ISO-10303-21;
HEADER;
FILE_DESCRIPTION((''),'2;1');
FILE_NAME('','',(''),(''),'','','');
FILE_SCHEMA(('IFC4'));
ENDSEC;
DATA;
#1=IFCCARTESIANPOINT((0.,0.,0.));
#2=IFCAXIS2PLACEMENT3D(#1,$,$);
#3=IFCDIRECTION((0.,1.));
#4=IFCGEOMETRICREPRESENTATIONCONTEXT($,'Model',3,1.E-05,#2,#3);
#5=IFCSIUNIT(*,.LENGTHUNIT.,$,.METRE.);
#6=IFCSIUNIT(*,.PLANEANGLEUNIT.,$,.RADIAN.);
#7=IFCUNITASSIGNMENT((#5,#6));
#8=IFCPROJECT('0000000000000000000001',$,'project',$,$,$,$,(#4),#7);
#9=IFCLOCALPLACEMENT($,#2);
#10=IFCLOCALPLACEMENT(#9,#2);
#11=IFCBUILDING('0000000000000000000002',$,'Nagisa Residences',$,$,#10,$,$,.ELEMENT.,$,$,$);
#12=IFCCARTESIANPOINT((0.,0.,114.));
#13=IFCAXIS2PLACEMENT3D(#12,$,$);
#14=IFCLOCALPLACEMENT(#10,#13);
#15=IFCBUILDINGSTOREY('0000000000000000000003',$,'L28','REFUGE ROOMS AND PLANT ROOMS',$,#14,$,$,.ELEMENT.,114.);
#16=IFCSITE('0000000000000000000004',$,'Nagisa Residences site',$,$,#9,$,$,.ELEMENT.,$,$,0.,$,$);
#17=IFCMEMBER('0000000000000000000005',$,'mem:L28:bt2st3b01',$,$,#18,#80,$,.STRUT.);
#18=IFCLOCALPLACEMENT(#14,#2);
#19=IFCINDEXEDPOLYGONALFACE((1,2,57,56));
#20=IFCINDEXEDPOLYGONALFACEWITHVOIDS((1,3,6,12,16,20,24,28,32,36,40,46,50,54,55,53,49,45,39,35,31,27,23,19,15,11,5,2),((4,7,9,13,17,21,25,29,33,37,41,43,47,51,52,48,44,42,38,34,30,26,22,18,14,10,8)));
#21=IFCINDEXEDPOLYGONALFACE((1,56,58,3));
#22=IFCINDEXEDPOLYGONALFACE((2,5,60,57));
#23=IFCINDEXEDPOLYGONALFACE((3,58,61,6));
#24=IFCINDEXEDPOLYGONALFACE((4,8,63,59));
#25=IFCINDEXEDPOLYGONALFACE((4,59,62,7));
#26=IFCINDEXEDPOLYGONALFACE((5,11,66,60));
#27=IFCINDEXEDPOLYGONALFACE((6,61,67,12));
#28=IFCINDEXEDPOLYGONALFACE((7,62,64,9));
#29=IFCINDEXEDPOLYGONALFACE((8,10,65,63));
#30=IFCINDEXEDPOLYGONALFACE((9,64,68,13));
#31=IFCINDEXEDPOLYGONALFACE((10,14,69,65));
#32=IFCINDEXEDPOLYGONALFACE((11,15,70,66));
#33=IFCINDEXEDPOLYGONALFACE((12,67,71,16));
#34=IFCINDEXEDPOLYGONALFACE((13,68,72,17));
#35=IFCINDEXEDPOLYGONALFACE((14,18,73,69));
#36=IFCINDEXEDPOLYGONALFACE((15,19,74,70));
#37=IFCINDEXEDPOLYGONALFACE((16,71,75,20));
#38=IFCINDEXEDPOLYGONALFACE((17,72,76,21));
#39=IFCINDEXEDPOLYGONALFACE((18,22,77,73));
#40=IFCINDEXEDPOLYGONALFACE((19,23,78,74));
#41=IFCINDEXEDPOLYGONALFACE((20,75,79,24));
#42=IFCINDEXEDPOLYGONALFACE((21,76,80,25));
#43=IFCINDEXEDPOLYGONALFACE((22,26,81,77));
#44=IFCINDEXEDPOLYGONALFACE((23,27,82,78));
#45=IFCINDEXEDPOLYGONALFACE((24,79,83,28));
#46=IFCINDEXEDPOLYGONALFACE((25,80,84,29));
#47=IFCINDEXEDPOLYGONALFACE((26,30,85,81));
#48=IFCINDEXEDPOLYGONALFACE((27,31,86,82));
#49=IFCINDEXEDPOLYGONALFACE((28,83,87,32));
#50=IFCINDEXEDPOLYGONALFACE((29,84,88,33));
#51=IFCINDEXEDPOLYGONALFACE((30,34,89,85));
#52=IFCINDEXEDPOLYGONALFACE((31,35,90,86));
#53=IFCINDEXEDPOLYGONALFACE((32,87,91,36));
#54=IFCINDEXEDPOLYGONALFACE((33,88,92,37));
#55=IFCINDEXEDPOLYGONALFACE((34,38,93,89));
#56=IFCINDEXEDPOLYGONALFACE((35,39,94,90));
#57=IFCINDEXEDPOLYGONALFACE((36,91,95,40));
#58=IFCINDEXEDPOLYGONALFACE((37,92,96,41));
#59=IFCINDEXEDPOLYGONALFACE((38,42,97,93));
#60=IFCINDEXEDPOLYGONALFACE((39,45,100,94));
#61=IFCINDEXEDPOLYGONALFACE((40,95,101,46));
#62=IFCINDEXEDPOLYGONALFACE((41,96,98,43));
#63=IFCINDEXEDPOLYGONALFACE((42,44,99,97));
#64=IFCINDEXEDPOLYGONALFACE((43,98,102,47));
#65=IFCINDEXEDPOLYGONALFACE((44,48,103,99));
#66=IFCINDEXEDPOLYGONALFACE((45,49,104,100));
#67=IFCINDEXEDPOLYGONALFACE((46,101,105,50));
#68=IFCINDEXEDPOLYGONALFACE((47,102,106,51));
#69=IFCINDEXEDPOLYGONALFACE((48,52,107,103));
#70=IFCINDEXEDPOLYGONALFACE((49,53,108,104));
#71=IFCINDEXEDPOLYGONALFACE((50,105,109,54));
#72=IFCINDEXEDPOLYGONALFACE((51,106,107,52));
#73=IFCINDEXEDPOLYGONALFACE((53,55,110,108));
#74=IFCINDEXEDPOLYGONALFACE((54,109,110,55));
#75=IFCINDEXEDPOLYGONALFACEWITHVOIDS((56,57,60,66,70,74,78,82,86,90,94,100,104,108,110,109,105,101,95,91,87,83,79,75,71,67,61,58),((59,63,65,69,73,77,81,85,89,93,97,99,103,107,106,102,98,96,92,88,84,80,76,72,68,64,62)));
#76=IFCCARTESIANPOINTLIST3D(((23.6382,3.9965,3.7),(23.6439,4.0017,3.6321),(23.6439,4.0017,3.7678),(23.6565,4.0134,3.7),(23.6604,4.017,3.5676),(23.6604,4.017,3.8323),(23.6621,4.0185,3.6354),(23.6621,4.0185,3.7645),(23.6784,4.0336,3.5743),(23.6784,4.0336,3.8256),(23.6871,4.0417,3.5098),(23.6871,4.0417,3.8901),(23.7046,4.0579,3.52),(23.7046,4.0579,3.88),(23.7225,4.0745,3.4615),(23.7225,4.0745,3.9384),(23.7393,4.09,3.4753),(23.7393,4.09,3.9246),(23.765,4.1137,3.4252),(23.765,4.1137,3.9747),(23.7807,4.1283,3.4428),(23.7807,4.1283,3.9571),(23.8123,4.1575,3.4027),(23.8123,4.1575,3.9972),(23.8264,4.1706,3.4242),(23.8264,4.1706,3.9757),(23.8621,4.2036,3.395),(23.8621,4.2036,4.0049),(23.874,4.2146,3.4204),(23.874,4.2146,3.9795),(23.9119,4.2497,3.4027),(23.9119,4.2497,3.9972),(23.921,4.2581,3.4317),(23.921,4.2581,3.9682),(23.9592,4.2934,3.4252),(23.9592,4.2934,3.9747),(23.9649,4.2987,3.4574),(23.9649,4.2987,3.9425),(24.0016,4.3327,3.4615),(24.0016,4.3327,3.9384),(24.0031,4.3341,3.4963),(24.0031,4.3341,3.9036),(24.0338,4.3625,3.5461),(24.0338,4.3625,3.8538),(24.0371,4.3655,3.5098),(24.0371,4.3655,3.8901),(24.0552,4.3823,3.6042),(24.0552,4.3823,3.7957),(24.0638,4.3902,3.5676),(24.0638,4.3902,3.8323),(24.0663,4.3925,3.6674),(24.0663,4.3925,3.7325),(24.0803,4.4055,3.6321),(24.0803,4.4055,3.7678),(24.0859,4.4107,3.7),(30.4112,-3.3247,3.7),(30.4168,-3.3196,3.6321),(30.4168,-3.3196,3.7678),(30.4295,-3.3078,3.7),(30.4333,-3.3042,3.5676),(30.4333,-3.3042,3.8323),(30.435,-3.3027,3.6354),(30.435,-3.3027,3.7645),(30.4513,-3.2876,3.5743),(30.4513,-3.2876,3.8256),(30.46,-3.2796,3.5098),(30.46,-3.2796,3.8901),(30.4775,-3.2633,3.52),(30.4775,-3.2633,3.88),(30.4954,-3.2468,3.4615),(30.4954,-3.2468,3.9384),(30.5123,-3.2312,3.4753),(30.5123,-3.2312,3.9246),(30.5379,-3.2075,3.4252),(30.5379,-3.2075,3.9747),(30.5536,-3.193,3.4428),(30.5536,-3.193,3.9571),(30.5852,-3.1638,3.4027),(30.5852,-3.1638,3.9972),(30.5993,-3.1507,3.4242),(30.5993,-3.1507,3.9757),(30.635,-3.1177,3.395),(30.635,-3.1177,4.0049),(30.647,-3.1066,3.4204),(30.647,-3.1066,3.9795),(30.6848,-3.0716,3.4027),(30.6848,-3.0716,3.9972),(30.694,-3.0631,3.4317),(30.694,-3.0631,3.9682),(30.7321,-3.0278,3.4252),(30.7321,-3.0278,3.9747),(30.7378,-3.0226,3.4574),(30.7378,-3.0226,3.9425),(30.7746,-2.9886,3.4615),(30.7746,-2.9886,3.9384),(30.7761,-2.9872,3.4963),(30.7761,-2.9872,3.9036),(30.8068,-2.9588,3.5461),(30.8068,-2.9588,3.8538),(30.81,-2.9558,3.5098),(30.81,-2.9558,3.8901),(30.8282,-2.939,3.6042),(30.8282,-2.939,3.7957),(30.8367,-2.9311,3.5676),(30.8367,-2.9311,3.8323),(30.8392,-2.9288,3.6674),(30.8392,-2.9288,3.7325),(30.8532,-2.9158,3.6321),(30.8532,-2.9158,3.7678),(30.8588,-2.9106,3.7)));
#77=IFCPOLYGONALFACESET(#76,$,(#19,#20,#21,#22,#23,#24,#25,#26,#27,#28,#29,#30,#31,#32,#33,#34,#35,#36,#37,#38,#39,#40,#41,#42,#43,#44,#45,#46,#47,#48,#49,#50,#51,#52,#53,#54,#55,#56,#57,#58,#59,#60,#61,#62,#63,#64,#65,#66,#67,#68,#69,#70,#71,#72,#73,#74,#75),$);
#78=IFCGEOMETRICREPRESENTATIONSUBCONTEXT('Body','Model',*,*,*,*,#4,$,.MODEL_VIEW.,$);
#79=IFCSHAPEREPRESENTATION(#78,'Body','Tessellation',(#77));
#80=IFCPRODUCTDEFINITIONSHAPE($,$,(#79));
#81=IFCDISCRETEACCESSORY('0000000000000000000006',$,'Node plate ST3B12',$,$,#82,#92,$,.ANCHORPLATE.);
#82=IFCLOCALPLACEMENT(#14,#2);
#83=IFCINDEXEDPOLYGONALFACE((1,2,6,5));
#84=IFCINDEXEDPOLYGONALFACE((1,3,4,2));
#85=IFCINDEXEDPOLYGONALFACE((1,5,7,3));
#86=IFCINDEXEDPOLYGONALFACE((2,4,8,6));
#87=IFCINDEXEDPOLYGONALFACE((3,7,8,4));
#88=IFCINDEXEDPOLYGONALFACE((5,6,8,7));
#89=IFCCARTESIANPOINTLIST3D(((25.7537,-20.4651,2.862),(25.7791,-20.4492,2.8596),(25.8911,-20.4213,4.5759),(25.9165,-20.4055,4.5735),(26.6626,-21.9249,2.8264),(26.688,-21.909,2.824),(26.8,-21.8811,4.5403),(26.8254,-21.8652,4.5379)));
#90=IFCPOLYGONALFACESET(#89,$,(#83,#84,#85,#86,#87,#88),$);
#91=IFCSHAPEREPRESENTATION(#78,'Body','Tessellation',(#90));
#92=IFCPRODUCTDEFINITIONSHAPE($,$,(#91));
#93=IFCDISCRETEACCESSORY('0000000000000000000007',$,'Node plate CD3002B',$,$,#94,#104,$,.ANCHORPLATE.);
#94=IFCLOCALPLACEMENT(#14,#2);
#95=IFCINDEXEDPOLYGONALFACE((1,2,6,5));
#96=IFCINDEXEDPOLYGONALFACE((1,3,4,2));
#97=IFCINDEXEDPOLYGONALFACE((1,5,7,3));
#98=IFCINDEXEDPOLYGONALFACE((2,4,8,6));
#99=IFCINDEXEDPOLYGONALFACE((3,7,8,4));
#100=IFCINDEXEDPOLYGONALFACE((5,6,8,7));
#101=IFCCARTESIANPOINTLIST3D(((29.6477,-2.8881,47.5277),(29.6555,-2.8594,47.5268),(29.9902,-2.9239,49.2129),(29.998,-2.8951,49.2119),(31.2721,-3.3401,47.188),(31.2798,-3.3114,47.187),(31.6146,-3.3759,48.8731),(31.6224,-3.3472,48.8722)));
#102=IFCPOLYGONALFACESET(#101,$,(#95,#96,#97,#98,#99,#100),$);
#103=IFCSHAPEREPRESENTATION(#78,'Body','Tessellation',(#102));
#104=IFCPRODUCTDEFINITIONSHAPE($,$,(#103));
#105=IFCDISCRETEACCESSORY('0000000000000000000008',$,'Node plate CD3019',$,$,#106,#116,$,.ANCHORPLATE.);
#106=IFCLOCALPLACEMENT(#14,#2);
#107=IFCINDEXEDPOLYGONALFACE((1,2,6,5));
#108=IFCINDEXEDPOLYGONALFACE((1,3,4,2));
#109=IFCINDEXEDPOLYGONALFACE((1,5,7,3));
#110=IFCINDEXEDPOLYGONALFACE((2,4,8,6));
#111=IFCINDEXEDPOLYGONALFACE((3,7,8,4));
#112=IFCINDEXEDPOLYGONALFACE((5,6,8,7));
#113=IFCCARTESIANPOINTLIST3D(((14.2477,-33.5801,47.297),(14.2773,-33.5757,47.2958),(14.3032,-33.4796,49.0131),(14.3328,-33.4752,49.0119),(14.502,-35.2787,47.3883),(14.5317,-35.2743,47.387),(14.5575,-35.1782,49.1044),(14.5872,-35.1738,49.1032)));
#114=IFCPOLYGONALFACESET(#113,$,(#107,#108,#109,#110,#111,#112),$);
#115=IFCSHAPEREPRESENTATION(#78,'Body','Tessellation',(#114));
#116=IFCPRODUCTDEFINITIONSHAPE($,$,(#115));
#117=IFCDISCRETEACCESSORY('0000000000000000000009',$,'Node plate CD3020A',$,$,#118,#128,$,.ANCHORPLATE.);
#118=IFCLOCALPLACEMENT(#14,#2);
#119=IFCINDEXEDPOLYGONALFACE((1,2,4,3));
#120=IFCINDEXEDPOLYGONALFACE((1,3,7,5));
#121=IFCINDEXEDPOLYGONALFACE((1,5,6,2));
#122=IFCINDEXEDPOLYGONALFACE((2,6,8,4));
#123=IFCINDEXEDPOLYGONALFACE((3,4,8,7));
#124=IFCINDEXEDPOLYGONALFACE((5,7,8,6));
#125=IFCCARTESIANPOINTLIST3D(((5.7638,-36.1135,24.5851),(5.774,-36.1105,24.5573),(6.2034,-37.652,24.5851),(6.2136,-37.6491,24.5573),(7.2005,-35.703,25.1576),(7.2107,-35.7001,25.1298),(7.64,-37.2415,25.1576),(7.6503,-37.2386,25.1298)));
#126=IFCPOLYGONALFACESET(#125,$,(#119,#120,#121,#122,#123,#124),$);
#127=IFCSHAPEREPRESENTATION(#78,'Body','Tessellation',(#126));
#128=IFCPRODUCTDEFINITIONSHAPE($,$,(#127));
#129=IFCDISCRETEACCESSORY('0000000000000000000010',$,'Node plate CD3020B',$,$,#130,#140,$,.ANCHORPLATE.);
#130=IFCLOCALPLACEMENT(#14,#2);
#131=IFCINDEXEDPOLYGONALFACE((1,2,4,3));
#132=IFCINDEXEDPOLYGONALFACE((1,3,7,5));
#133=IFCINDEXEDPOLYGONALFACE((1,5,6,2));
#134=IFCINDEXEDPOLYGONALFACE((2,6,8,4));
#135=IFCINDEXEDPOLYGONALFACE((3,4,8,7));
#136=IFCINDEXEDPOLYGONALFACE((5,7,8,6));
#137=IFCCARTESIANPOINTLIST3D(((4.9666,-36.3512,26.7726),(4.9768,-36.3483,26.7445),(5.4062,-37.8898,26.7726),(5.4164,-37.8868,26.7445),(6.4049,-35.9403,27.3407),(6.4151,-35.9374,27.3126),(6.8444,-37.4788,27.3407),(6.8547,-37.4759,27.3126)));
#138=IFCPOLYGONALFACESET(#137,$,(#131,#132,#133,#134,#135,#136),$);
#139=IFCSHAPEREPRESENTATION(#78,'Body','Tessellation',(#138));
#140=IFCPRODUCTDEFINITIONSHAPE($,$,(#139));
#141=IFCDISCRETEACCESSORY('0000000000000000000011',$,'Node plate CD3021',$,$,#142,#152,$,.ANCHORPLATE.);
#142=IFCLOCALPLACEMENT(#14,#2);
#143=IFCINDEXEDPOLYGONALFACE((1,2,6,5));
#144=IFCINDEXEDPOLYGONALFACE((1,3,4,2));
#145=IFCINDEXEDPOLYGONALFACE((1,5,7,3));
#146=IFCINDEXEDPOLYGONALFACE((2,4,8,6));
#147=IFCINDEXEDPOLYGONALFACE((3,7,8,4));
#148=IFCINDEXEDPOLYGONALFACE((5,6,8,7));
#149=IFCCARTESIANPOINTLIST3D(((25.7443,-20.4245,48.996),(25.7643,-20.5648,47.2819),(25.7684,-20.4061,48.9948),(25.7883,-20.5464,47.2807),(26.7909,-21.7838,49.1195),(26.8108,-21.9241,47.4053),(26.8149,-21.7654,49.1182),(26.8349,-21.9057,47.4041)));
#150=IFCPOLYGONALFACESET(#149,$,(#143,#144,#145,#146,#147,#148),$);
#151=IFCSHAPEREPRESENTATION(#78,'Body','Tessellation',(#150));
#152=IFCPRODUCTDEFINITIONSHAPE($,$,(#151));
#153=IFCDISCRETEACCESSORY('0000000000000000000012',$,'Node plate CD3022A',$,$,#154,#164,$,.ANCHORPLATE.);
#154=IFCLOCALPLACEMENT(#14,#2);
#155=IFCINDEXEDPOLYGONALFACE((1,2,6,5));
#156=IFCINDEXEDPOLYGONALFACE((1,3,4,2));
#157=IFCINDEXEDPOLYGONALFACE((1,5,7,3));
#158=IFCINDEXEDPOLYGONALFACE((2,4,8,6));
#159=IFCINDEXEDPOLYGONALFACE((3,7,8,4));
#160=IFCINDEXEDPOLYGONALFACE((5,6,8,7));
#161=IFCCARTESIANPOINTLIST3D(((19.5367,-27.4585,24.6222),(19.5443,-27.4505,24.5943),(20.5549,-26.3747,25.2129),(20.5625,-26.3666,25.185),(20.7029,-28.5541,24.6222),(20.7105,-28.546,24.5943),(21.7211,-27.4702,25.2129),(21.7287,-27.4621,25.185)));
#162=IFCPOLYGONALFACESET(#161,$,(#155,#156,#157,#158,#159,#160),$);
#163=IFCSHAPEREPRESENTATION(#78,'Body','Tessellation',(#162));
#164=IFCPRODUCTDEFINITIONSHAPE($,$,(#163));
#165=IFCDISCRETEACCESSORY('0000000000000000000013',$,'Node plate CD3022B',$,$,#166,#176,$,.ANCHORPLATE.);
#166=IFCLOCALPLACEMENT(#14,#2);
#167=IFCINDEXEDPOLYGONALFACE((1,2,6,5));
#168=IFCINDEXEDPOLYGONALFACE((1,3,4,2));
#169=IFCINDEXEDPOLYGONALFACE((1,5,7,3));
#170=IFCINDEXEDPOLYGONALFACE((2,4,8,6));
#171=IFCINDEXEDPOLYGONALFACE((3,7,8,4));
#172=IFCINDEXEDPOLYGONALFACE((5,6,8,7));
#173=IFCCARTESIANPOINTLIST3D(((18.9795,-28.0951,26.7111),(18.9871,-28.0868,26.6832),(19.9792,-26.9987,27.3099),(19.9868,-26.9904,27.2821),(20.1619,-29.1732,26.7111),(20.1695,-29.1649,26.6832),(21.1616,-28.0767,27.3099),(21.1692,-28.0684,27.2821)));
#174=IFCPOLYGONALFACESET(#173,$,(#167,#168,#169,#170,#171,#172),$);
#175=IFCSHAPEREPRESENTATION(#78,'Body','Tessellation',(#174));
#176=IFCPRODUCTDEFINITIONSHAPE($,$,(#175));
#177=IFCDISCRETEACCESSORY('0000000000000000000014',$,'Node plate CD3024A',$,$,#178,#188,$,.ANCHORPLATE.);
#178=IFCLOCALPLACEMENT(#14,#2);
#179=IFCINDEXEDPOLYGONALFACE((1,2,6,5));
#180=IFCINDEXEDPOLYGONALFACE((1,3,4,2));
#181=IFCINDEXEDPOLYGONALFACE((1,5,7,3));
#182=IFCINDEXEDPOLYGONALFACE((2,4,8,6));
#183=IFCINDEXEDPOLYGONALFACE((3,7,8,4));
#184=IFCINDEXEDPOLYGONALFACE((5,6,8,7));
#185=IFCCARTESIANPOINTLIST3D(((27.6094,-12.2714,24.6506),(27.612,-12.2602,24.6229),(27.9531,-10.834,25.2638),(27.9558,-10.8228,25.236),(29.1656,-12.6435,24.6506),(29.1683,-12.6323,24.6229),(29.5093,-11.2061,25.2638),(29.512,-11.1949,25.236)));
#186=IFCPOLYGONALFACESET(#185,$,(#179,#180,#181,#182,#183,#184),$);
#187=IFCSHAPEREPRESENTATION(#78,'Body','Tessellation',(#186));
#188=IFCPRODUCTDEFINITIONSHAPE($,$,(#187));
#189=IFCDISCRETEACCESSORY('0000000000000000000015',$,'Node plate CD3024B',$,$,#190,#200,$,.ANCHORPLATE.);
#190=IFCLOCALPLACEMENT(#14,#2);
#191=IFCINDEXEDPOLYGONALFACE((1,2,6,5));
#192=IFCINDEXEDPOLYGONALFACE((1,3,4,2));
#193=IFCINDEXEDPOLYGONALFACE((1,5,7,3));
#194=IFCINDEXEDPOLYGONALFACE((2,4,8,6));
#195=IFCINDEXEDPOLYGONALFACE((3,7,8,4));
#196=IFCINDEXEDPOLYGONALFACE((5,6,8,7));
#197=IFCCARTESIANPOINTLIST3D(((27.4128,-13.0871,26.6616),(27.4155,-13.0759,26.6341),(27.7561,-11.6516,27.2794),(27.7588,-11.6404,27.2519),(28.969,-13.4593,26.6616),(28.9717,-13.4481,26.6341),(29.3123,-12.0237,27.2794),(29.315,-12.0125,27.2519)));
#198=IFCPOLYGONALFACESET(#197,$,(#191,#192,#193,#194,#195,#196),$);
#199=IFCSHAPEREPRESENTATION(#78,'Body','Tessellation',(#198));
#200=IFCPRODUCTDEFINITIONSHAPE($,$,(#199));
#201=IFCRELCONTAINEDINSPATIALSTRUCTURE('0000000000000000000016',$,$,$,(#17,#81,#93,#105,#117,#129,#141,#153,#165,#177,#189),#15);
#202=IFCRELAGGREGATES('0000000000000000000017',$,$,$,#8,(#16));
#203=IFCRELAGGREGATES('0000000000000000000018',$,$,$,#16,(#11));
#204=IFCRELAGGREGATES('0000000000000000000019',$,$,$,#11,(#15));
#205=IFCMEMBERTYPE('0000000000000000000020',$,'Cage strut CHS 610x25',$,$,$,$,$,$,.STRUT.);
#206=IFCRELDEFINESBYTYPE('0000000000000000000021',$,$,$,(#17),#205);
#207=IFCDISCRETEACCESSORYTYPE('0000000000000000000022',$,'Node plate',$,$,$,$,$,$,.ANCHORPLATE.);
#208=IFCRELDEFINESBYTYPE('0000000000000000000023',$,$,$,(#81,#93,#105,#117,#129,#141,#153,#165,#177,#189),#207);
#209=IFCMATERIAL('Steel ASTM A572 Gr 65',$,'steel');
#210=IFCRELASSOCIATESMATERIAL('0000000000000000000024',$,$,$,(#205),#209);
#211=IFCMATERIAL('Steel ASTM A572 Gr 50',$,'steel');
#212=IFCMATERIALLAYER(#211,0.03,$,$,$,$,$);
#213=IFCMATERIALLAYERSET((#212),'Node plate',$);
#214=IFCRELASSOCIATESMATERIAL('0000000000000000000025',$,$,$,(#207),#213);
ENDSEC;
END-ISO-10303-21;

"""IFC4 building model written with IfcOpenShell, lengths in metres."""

from ifc_helpers import new_model, si_unit, direction, frame, origin, origin_2d, place, context, subcontext, project, spatial, rectangle, hollow_circle, extrude, material, layer, layer_set, material_profile, profile_set, type_object, element, save


model = new_model("IFC4")

# Units and contexts
model_context = context("Model", 3, precision=1e-05, world=origin(), true_north=direction((0.0, 1.0)))
body_context = subcontext(model_context, "Body", "Model", "MODEL_VIEW")
ifc_project = project(units=[si_unit("LENGTHUNIT", "METRE"), si_unit("PLANEANGLEUNIT", "RADIAN")], contexts=[model_context])

# Site, building, storey
site_placement = place(None, origin())
site = spatial("IfcSite", under=ifc_project, at=site_placement, Name="Nagisa Residences site", CompositionType="ELEMENT", RefElevation=0.0)
building_placement = place(site_placement, origin())
building = spatial("IfcBuilding", under=site, at=building_placement, Name="Nagisa Residences", CompositionType="ELEMENT")
storey_placement = place(building_placement, frame((0.0, 0.0, 114.0)))
storey = spatial("IfcBuildingStorey", under=building, at=storey_placement, Name="L28", Description="REFUGE ROOMS AND PLANT ROOMS", CompositionType="ELEMENT", Elevation=114.0)

# Member
ifc_material_1 = material(Name="Steel ASTM A572 Gr 65", Category="steel")
ifc_material_profile_1 = material_profile(ifc_material_1, hollow_circle(Radius=0.3049, WallThickness=0.0249, at=origin_2d()), Name="CHS 610x25")
ifc_profile_set_1 = profile_set([ifc_material_profile_1], Name="Steel ASTM A572 Gr 65")
member_type_1 = type_object("IfcMemberType", Name="Cage strut CHS 610x25", PredefinedType="STRUT", material=ifc_profile_set_1)
member_1_placement = place(storey_placement, frame((30.635, -3.1177, 3.7), z_axis=(-0.679083, 0.734062, 0.0), x_axis=(-0.734062, -0.679083, 0.0)))
element("IfcMember", 1, at=member_1_placement, inside=storey, type_object=member_type_1, Name="mem:L28:bt2st3b01", PredefinedType="STRUT", context=body_context, shape_type="SweptSolid", body=[
    extrude(hollow_circle(Radius=0.3049, WallThickness=0.0249, at=origin_2d()), origin(), (0.0, 0.0, 1.0), 9.9736),
])

# Discrete accessories
ifc_material_2 = material(Name="Steel ASTM A572 Gr 50", Category="steel")
ifc_layer = layer(ifc_material_2, 0.03)
ifc_layer_set = layer_set([ifc_layer], Name="Node plate")
discrete_accessory_type = type_object("IfcDiscreteAccessoryType", Name="Node plate", PredefinedType="ANCHORPLATE", material=ifc_layer_set)
discrete_accessory_1_placement = place(storey_placement, frame((26.2769, -21.1731, 3.7012), z_axis=(0.845193, 0.528246, -0.081269), x_axis=(-0.528454, 0.84871, 0.020691)))
element("IfcDiscreteAccessory", 2, at=discrete_accessory_1_placement, inside=storey, type_object=discrete_accessory_type, Name="Node plate ST3B12", PredefinedType="ANCHORPLATE", context=body_context, shape_type="SweptSolid", body=[
    extrude(rectangle(XDim=1.72, YDim=1.72, at=origin_2d()), origin(), (0.0, 0.0, 1.0), 0.03),
])
discrete_accessory_2_placement = place(storey_placement, frame((30.6389, -3.1033, 48.1995), z_axis=(-0.261593, -0.964624, 0.032699), x_axis=(-0.199136, 0.020791, -0.979751)))
element("IfcDiscreteAccessory", 3, at=discrete_accessory_2_placement, inside=storey, type_object=discrete_accessory_type, Name="Node plate CD3002B", PredefinedType="ANCHORPLATE", context=body_context, shape_type="SweptSolid", body=[
    extrude(rectangle(XDim=1.72, YDim=1.72, at=origin_2d()), origin(), (0.0, 0.0, 1.0), 0.0298),
])
discrete_accessory_3_placement = place(storey_placement, frame((14.4026, -34.3792, 48.2007), z_axis=(0.988478, 0.145841, -0.040511), x_axis=(-0.032269, -0.058444, -0.997769)))
element("IfcDiscreteAccessory", 4, at=discrete_accessory_3_placement, inside=storey, type_object=discrete_accessory_type, Name="Node plate CD3019", PredefinedType="ANCHORPLATE", context=body_context, shape_type="SweptSolid", body=[
    extrude(rectangle(XDim=1.72, YDim=1.72, at=origin_2d()), origin(), (0.0, 0.0, 1.0), 0.03),
])
discrete_accessory_4_placement = place(storey_placement, frame((6.7122, -36.6746, 24.8435), z_axis=(-0.344031, -0.098295, 0.933799), x_axis=(0.274721, -0.961524, 0.0)))
element("IfcDiscreteAccessory", 5, at=discrete_accessory_4_placement, inside=storey, type_object=discrete_accessory_type, Name="Node plate CD3020A", PredefinedType="ANCHORPLATE", context=body_context, shape_type="SweptSolid", body=[
    extrude(rectangle(XDim=1.6001, YDim=1.6001, at=origin_2d()), origin(), (0.0, 0.0, 1.0), 0.0298),
])
discrete_accessory_5_placement = place(storey_placement, frame((5.9055, -36.915, 27.0566), z_axis=(0.341418, 0.097548, -0.934836), x_axis=(-0.274721, 0.961524, 0.0)))
element("IfcDiscreteAccessory", 6, at=discrete_accessory_5_placement, inside=storey, type_object=discrete_accessory_type, Name="Node plate CD3020B", PredefinedType="ANCHORPLATE", context=body_context, shape_type="SweptSolid", body=[
    extrude(rectangle(XDim=1.6001, YDim=1.6001, at=origin_2d()), origin(), (0.0, 0.0, 1.0), 0.03),
])
discrete_accessory_6_placement = place(storey_placement, frame((26.2776, -21.1743, 48.2007), z_axis=(0.793477, 0.607253, -0.040484), x_axis=(0.011583, -0.081574, -0.9966)))
element("IfcDiscreteAccessory", 7, at=discrete_accessory_6_placement, inside=storey, type_object=discrete_accessory_type, Name="Node plate CD3021", PredefinedType="ANCHORPLATE", context=body_context, shape_type="SweptSolid", body=[
    extrude(rectangle(XDim=1.72, YDim=1.72, at=origin_2d()), origin(), (0.0, 0.0, 1.0), 0.0303),
])
for number, where, z_axis, x_axis, name in (
    (8, (20.6365, -27.4563, 24.8896), (-0.252727, -0.269032, 0.929382), (0.728848, -0.684675, 0.0), "Node plate CD3022A"),
    (9, (20.0706, -28.0859, 27.0105), (0.252166, 0.276569, -0.92732), (-0.738956, 0.673754, 0.0), "Node plate CD3022B"),
    (10, (28.562, -11.7275, 24.9294), (-0.089125, -0.372705, 0.92366), (0.972579, -0.232573, 0.0), "Node plate CD3024A"),
):
    element("IfcDiscreteAccessory", number, at=place(storey_placement, frame(where, z_axis=z_axis, x_axis=x_axis)), inside=storey, type_object=discrete_accessory_type, Name=name, PredefinedType="ANCHORPLATE", context=body_context, shape_type="SweptSolid", body=[
        extrude(rectangle(XDim=1.6001, YDim=1.6001, at=origin_2d()), origin(), (0.0, 0.0, 1.0), 0.03),
    ])
discrete_accessory_7_placement = place(storey_placement, frame((28.3625, -12.5554, 26.9705), z_axis=(0.089797, 0.375513, -0.922457), x_axis=(-0.972579, 0.232573, 0.0)))
element("IfcDiscreteAccessory", 11, at=discrete_accessory_7_placement, inside=storey, type_object=discrete_accessory_type, Name="Node plate CD3024B", PredefinedType="ANCHORPLATE", context=body_context, shape_type="SweptSolid", body=[
    extrude(rectangle(XDim=1.6001, YDim=1.6001, at=origin_2d()), origin(), (0.0, 0.0, 1.0), 0.0298),
])

save(model, "model.ifc")
